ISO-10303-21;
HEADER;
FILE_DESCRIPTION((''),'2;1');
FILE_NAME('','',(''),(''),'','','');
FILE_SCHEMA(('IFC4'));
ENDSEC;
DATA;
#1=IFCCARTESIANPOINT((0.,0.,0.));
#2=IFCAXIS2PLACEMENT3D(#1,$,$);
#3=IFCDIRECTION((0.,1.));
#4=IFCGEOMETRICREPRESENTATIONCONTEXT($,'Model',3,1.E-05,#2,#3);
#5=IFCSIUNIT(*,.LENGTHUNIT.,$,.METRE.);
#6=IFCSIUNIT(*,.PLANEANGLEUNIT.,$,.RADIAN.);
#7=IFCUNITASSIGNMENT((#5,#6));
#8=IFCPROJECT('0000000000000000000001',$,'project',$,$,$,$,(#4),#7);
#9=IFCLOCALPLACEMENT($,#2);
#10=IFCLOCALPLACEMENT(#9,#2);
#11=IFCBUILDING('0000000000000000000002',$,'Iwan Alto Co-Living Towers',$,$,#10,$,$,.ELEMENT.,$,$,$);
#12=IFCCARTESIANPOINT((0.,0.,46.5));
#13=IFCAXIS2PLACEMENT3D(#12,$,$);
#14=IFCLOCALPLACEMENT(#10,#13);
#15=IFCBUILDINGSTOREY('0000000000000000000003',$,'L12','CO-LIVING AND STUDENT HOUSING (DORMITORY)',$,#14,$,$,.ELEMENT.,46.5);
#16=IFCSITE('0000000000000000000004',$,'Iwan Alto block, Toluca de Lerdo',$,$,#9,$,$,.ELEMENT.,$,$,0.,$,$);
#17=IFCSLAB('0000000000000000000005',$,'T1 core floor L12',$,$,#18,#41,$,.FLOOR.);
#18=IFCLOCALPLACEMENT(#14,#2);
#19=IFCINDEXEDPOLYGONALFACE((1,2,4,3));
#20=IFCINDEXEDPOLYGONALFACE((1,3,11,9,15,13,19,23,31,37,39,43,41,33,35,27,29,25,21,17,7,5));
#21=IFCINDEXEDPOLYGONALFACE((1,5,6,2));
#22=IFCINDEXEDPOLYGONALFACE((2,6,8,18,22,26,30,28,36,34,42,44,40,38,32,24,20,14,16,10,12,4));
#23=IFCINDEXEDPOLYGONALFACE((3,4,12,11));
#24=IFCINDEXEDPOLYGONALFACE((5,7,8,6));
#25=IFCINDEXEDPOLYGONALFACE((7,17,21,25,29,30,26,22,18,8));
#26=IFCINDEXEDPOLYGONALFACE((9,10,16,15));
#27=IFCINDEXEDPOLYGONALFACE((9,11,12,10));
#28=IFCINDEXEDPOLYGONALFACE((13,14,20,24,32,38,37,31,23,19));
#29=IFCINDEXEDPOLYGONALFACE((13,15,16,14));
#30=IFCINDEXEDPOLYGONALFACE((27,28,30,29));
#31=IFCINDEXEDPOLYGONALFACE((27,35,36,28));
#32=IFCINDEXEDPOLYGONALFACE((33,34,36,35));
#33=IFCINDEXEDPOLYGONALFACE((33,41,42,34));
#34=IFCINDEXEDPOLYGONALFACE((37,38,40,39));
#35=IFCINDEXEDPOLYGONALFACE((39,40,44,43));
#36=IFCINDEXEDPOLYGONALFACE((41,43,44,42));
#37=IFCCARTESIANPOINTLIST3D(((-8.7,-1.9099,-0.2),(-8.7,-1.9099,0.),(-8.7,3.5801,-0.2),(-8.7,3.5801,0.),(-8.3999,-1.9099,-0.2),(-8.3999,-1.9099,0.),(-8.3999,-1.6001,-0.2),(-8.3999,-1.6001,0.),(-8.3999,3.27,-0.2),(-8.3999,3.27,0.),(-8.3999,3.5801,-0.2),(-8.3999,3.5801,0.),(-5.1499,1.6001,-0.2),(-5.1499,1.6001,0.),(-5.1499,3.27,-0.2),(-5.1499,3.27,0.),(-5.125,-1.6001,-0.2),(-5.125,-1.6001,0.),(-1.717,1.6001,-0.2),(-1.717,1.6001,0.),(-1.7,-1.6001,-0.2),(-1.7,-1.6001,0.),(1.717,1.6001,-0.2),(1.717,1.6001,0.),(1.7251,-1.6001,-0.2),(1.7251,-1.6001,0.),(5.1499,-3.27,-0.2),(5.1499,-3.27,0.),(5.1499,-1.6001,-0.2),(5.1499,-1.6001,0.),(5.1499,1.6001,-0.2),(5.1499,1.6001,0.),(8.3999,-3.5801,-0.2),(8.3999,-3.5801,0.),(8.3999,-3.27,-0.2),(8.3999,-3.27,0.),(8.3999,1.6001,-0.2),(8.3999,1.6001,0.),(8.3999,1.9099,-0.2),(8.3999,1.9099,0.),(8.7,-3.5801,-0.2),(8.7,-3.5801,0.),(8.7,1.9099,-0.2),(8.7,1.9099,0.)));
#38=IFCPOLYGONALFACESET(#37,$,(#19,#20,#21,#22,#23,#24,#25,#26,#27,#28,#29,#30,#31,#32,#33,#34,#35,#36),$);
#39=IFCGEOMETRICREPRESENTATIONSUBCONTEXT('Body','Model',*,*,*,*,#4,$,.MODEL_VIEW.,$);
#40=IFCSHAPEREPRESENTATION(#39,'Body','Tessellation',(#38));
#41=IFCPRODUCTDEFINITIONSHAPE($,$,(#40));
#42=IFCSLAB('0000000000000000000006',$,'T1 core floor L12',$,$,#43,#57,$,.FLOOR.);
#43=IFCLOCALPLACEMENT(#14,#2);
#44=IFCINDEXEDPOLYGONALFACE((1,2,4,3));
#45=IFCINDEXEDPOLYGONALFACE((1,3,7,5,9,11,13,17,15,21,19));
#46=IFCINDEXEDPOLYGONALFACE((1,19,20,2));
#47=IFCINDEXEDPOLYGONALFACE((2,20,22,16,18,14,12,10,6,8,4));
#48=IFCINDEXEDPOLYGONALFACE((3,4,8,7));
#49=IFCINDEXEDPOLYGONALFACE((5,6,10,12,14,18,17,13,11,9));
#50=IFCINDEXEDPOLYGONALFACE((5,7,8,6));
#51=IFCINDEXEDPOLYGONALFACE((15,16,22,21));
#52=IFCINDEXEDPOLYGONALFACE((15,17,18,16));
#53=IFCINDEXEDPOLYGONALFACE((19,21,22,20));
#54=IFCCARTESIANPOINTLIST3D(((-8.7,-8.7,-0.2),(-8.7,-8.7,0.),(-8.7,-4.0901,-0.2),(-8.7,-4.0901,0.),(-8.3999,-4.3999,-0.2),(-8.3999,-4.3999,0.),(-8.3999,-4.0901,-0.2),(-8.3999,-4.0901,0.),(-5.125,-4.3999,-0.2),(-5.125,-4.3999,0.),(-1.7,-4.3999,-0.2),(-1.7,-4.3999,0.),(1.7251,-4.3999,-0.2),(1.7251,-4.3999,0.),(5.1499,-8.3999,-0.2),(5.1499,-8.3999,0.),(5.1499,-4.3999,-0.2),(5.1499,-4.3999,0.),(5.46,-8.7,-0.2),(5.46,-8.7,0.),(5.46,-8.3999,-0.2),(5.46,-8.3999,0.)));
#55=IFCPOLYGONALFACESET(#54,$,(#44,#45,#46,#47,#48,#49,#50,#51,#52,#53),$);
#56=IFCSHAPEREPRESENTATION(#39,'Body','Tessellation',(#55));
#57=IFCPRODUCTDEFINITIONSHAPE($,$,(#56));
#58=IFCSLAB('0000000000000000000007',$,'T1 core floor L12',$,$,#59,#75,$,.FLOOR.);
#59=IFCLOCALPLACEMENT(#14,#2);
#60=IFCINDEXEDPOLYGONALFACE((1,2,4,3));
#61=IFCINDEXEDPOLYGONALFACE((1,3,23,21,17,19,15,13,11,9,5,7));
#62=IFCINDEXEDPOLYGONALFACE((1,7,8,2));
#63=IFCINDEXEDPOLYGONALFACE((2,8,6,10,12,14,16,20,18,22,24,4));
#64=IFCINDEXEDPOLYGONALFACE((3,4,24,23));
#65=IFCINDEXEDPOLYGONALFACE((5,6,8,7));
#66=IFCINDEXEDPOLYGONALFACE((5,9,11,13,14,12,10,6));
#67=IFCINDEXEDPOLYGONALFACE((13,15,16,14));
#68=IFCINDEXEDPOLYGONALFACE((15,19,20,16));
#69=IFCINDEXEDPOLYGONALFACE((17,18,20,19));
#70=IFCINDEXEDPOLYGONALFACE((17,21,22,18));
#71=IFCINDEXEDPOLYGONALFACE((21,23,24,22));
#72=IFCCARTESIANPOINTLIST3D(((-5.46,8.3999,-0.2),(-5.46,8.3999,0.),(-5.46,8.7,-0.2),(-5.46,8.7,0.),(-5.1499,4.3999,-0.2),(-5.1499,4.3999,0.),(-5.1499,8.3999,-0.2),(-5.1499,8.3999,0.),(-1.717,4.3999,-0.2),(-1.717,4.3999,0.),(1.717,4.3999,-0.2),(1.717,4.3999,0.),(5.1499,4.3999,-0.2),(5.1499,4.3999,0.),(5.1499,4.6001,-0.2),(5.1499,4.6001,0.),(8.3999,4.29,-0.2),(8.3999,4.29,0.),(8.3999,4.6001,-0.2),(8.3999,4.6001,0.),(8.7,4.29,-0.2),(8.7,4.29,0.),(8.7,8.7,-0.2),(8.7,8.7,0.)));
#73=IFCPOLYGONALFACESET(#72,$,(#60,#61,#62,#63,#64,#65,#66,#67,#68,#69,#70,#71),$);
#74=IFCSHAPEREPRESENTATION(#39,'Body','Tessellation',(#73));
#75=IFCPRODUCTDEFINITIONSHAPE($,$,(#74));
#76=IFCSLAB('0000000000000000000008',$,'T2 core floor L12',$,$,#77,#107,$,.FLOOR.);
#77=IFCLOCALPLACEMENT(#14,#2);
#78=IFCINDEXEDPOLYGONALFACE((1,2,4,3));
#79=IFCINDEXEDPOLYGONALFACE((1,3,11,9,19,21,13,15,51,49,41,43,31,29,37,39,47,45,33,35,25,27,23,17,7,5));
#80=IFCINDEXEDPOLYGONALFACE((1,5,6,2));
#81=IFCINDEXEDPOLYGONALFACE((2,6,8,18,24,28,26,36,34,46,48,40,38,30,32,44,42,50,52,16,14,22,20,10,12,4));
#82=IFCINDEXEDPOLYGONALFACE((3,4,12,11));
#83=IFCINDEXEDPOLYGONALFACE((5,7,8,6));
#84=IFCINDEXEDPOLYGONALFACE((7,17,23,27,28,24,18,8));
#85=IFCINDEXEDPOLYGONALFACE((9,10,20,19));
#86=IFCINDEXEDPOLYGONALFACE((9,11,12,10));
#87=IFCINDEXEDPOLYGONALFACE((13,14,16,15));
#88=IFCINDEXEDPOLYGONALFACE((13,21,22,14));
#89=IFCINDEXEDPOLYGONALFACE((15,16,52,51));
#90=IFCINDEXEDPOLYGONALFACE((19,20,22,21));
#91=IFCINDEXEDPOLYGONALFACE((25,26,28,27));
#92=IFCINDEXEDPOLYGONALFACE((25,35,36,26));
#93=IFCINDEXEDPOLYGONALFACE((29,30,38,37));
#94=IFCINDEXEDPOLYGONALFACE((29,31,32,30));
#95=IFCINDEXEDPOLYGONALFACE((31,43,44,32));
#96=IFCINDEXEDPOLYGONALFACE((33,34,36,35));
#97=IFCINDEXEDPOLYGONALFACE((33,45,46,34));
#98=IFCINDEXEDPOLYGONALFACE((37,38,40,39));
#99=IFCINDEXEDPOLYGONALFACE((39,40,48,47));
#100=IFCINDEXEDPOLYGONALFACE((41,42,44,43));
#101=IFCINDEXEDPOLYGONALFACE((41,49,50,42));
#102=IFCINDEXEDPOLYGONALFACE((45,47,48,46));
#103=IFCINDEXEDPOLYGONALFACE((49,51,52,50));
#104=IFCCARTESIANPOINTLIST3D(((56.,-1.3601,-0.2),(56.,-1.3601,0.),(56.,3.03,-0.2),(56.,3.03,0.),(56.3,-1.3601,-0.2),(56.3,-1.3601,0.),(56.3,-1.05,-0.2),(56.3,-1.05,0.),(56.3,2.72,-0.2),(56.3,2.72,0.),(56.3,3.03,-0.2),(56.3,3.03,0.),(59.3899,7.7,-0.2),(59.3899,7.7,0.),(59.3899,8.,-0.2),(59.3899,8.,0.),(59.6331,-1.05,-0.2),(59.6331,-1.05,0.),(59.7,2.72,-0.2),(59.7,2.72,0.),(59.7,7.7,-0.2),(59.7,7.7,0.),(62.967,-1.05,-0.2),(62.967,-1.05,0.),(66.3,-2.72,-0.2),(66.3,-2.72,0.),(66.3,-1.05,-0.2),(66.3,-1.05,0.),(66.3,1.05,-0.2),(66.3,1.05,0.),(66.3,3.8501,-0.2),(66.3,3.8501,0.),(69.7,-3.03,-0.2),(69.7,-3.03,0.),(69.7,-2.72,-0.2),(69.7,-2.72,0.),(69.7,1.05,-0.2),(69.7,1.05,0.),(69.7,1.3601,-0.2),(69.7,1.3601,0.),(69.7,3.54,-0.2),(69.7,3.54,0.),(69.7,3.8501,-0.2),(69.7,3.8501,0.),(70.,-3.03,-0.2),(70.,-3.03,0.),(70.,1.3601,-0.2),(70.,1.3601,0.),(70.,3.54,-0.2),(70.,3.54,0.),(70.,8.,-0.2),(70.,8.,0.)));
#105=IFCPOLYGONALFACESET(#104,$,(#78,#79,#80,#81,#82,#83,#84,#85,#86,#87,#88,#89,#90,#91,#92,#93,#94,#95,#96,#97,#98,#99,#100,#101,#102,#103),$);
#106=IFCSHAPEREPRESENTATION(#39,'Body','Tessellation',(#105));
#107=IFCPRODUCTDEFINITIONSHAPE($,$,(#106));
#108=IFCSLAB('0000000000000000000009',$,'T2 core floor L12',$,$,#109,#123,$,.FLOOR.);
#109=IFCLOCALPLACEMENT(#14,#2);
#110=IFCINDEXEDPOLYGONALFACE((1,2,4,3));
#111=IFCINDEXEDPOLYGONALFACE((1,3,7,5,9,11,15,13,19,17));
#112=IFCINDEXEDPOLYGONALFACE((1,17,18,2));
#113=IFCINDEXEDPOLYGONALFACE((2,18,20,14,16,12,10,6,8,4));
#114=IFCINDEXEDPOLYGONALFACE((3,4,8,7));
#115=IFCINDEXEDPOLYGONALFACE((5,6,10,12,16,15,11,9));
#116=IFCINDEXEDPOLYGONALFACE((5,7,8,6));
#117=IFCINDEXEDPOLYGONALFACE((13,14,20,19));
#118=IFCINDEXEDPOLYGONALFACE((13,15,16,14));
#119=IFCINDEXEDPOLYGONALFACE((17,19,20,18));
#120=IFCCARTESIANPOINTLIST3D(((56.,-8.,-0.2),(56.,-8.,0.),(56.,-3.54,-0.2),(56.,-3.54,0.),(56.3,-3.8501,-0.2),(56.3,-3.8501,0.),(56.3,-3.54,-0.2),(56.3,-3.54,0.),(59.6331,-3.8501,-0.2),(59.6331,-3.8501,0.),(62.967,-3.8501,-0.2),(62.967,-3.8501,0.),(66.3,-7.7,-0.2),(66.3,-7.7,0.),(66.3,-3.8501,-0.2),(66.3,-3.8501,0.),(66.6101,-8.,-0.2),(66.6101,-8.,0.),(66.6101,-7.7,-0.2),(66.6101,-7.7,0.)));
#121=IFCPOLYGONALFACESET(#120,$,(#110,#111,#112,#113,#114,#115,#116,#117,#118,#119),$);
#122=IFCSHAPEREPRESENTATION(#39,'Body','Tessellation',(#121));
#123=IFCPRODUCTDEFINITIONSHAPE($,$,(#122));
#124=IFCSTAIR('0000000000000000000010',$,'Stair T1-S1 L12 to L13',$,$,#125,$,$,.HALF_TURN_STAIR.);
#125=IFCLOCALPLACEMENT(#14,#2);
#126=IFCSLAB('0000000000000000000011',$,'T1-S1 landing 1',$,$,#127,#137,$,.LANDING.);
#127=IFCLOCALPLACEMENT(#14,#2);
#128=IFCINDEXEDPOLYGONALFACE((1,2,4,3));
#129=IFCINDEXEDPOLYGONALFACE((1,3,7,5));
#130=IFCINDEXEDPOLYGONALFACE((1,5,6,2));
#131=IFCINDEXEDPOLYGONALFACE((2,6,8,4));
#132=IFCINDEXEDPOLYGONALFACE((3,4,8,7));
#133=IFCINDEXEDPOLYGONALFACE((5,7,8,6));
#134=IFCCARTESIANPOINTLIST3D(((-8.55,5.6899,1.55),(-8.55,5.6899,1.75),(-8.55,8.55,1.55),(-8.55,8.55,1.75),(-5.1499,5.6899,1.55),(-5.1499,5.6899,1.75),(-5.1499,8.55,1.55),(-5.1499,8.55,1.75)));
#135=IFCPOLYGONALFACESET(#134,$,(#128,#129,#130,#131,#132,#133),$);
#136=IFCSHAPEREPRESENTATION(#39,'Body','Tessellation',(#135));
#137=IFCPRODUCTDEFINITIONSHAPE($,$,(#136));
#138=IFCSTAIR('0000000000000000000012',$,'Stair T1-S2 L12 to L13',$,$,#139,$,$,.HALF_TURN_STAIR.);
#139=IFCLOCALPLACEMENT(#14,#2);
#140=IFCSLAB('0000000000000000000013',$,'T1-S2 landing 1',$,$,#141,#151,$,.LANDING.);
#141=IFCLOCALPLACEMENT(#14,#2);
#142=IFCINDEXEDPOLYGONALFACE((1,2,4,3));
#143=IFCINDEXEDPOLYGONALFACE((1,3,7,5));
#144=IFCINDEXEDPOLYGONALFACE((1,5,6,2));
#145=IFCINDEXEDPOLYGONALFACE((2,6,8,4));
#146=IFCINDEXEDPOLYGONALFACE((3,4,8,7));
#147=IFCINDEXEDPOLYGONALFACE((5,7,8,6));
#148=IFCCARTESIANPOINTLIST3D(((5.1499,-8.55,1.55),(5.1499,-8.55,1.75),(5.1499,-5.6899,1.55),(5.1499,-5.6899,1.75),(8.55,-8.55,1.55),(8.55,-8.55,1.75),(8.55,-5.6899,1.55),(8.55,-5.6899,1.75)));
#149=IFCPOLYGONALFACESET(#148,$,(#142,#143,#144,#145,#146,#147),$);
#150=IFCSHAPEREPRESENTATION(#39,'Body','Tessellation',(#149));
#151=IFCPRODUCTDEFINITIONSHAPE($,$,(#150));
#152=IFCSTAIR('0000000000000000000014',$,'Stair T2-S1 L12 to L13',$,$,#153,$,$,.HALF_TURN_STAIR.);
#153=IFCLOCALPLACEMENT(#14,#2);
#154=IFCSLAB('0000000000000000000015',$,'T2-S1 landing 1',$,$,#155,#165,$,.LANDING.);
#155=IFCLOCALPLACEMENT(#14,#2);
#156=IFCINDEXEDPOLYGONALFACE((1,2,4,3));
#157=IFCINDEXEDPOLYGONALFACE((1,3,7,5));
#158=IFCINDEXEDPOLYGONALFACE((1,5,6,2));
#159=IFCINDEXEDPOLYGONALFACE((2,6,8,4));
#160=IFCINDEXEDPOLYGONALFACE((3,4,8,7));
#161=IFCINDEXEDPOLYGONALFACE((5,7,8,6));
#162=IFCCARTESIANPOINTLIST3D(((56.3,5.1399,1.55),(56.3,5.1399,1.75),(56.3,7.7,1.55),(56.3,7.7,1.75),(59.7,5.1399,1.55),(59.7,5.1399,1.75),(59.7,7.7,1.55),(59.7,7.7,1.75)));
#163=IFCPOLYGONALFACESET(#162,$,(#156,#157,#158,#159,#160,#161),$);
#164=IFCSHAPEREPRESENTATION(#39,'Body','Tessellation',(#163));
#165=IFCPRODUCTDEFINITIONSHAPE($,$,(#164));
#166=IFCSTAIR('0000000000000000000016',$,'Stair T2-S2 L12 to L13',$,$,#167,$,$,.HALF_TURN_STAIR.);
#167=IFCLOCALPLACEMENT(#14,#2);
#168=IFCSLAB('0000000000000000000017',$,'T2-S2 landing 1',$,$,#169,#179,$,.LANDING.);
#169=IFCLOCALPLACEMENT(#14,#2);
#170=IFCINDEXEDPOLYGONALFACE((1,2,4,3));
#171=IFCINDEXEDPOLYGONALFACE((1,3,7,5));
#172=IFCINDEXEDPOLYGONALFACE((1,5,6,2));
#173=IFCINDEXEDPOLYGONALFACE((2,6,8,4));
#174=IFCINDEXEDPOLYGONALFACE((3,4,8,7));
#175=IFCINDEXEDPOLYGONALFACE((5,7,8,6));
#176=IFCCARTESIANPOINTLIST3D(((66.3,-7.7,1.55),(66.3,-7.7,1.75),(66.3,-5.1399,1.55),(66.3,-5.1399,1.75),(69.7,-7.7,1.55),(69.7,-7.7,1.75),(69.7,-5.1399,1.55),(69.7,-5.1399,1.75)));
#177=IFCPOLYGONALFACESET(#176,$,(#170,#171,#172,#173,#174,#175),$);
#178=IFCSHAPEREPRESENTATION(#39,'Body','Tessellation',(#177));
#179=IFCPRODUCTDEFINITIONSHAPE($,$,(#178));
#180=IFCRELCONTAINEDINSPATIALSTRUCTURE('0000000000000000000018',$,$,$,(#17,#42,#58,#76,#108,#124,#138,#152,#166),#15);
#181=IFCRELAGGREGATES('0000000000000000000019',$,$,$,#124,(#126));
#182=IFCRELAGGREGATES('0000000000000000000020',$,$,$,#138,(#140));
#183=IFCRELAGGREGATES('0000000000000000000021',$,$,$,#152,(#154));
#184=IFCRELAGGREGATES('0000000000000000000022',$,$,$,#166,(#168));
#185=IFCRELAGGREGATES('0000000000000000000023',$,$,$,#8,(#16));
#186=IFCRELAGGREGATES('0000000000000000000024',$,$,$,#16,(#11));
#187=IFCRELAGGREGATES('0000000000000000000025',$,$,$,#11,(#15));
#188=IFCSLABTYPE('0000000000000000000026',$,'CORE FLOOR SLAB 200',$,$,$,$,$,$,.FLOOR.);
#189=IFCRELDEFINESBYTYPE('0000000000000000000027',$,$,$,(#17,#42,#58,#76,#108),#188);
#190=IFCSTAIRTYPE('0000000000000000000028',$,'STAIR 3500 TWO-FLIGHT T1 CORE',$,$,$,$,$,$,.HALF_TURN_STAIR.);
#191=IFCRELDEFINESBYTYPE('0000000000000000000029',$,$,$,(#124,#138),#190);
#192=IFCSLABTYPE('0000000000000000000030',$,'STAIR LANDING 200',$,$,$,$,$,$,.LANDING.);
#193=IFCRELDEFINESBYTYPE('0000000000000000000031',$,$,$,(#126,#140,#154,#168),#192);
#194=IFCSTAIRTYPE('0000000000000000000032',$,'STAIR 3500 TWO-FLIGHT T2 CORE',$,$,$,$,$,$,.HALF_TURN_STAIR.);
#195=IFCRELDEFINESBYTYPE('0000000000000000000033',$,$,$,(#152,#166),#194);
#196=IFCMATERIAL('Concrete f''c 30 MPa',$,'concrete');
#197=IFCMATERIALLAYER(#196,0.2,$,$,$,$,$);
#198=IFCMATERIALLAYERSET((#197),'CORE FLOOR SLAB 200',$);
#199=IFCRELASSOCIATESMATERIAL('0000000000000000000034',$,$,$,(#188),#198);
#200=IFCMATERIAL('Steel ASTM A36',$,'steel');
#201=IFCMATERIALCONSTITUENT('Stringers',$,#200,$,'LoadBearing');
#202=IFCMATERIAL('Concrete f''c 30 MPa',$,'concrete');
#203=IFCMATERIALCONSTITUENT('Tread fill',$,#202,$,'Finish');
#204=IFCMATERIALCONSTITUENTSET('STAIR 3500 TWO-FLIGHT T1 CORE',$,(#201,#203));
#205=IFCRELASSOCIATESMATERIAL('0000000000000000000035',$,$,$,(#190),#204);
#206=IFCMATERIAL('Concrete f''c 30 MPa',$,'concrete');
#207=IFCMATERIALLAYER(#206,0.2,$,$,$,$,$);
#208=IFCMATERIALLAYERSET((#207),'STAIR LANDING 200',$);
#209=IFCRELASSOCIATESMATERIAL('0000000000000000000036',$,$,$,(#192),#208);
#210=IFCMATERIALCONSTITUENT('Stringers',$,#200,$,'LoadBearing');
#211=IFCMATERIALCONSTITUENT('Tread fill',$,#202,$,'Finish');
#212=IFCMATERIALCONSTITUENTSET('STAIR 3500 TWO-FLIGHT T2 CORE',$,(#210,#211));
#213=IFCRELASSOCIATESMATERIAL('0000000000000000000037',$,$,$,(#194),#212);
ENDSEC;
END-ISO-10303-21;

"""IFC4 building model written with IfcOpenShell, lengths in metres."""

from ifc_helpers import new_model, si_unit, direction, frame, origin, place, context, subcontext, project, spatial, polyline, outline, extrude, material, layer, layer_set, constituent, constituent_set, type_object, element, aggregate, save


model = new_model("IFC4")

# Units and contexts
model_context = context("Model", 3, precision=1e-05, world=origin(), true_north=direction((0.0, 1.0)))
body_context = subcontext(model_context, "Body", "Model", "MODEL_VIEW")
ifc_project = project(units=[si_unit("LENGTHUNIT", "METRE"), si_unit("PLANEANGLEUNIT", "RADIAN")], contexts=[model_context])

# Site, building, storey
site_placement = place(None, origin())
site = spatial("IfcSite", under=ifc_project, at=site_placement, Name="Iwan Alto block, Toluca de Lerdo", CompositionType="ELEMENT", RefElevation=0.0)
building_placement = place(site_placement, origin())
building = spatial("IfcBuilding", under=site, at=building_placement, Name="Iwan Alto Co-Living Towers", CompositionType="ELEMENT")
storey_placement = place(building_placement, frame((0.0, 0.0, 46.5)))
storey = spatial("IfcBuildingStorey", under=building, at=storey_placement, Name="L12", Description="CO-LIVING AND STUDENT HOUSING (DORMITORY)", CompositionType="ELEMENT", Elevation=46.5)

# Slabs
ifc_material_1 = material(Name="Concrete f'c 30 MPa", Category="concrete")
ifc_layer_1 = layer(ifc_material_1, 0.2)
ifc_layer_set_1 = layer_set([ifc_layer_1], Name="CORE FLOOR SLAB 200")
slab_type_1 = type_object("IfcSlabType", Name="CORE FLOOR SLAB 200", PredefinedType="FLOOR", material=ifc_layer_set_1)
slab_1_placement = place(storey_placement, frame((0.0, 0.0, -0.2)))
element("IfcSlab", 1, at=slab_1_placement, inside=storey, type_object=slab_type_1, Name="T1 core floor L12", PredefinedType="FLOOR", context=body_context, shape_type="SweptSolid", body=[
    extrude(outline(polyline([(8.7, -3.5801), (8.3999, -3.5801), (8.3999, -3.27), (5.1499, -3.27), (5.1499, -1.6001), (1.7251, -1.6001), (-1.7, -1.6001), (-5.125, -1.6001), (-8.3999, -1.6001), (-8.3999, -1.9099), (-8.7, -1.9099), (-8.7, 3.5801), (-8.3999, 3.5801), (-8.3999, 3.27), (-5.1499, 3.27), (-5.1499, 1.6001), (-1.717, 1.6001), (1.717, 1.6001), (5.1499, 1.6001), (8.3999, 1.6001), (8.3999, 1.9099), (8.7, 1.9099), (8.7, -3.5801)])), origin(), (0.0, 0.0, 1.0), 0.2),
])
slab_2_placement = place(storey_placement, frame((0.0, 0.0, -0.2)))
element("IfcSlab", 2, at=slab_2_placement, inside=storey, type_object=slab_type_1, Name="T1 core floor L12", PredefinedType="FLOOR", context=body_context, shape_type="SweptSolid", body=[
    extrude(outline(polyline([(-1.7, -4.3999), (1.7251, -4.3999), (5.1499, -4.3999), (5.1499, -8.3999), (5.46, -8.3999), (5.46, -8.7), (-8.7, -8.7), (-8.7, -4.0901), (-8.3999, -4.0901), (-8.3999, -4.3999), (-5.125, -4.3999), (-1.7, -4.3999)])), origin(), (0.0, 0.0, 1.0), 0.2),
])
slab_3_placement = place(storey_placement, frame((0.0, 0.0, -0.2)))
element("IfcSlab", 3, at=slab_3_placement, inside=storey, type_object=slab_type_1, Name="T1 core floor L12", PredefinedType="FLOOR", context=body_context, shape_type="SweptSolid", body=[
    extrude(outline(polyline([(1.717, 4.3999), (-1.717, 4.3999), (-5.1499, 4.3999), (-5.1499, 8.3999), (-5.46, 8.3999), (-5.46, 8.7), (8.7, 8.7), (8.7, 4.29), (8.3999, 4.29), (8.3999, 4.6001), (5.1499, 4.6001), (5.1499, 4.3999), (1.717, 4.3999)])), origin(), (0.0, 0.0, 1.0), 0.2),
])
slab_4_placement = place(storey_placement, frame((0.0, 0.0, -0.2)))
element("IfcSlab", 4, at=slab_4_placement, inside=storey, type_object=slab_type_1, Name="T2 core floor L12", PredefinedType="FLOOR", context=body_context, shape_type="SweptSolid", body=[
    extrude(outline(polyline([(70.0, -3.03), (69.7, -3.03), (69.7, -2.72), (66.3, -2.72), (66.3, -1.05), (62.967, -1.05), (59.6331, -1.05), (56.3, -1.05), (56.3, -1.3601), (56.0, -1.3601), (56.0, 3.03), (56.3, 3.03), (56.3, 2.72), (59.7, 2.72), (59.7, 7.7), (59.3899, 7.7), (59.3899, 8.0), (70.0, 8.0), (70.0, 3.54), (69.7, 3.54), (69.7, 3.8501), (66.3, 3.8501), (66.3, 1.05), (69.7, 1.05), (69.7, 1.3601), (70.0, 1.3601), (70.0, -3.03)])), origin(), (0.0, 0.0, 1.0), 0.2),
])
slab_5_placement = place(storey_placement, frame((0.0, 0.0, -0.2)))
element("IfcSlab", 5, at=slab_5_placement, inside=storey, type_object=slab_type_1, Name="T2 core floor L12", PredefinedType="FLOOR", context=body_context, shape_type="SweptSolid", body=[
    extrude(outline(polyline([(62.967, -3.8501), (66.3, -3.8501), (66.3, -7.7), (66.6101, -7.7), (66.6101, -8.0), (56.0, -8.0), (56.0, -3.54), (56.3, -3.54), (56.3, -3.8501), (59.6331, -3.8501), (62.967, -3.8501)])), origin(), (0.0, 0.0, 1.0), 0.2),
])

# Stairs, slabs
ifc_material_2 = material(Name="Steel ASTM A36", Category="steel")
ifc_constituent_1 = constituent(ifc_material_2, Name="Stringers", Category="LoadBearing")
ifc_material_3 = material(Name="Concrete f'c 30 MPa", Category="concrete")
ifc_constituent_2 = constituent(ifc_material_3, Name="Tread fill", Category="Finish")
ifc_constituent_set_1 = constituent_set(constituents=[ifc_constituent_1, ifc_constituent_2], Name="STAIR 3500 TWO-FLIGHT T1 CORE")
stair_type_1 = type_object("IfcStairType", Name="STAIR 3500 TWO-FLIGHT T1 CORE", PredefinedType="HALF_TURN_STAIR", material=ifc_constituent_set_1)
stair_1_placement = place(storey_placement, origin())
stair_1 = element("IfcStair", 6, at=stair_1_placement, inside=storey, type_object=stair_type_1, Name="Stair T1-S1 L12 to L13", PredefinedType="HALF_TURN_STAIR")
ifc_material_4 = material(Name="Concrete f'c 30 MPa", Category="concrete")
ifc_layer_2 = layer(ifc_material_4, 0.2)
ifc_layer_set_2 = layer_set([ifc_layer_2], Name="STAIR LANDING 200")
slab_type_2 = type_object("IfcSlabType", Name="STAIR LANDING 200", PredefinedType="LANDING", material=ifc_layer_set_2)
slab_6_placement = place(storey_placement, frame((0.0, 0.0, 1.55)))
slab_6 = element("IfcSlab", 7, at=slab_6_placement, type_object=slab_type_2, Name="T1-S1 landing 1", PredefinedType="LANDING", context=body_context, shape_type="SweptSolid", body=[
    extrude(outline(polyline([(-8.55, 5.6899), (-8.55, 8.55), (-5.1499, 8.55), (-5.1499, 5.6899), (-8.55, 5.6899)])), origin(), (0.0, 0.0, 1.0), 0.2),
])
aggregate(stair_1, [slab_6])
stair_2_placement = place(storey_placement, origin())
stair_2 = element("IfcStair", 8, at=stair_2_placement, inside=storey, type_object=stair_type_1, Name="Stair T1-S2 L12 to L13", PredefinedType="HALF_TURN_STAIR")
slab_7_placement = place(storey_placement, frame((0.0, 0.0, 1.55)))
slab_7 = element("IfcSlab", 9, at=slab_7_placement, type_object=slab_type_2, Name="T1-S2 landing 1", PredefinedType="LANDING", context=body_context, shape_type="SweptSolid", body=[
    extrude(outline(polyline([(5.1499, -5.6899), (5.1499, -8.55), (8.55, -8.55), (8.55, -5.6899), (5.1499, -5.6899)])), origin(), (0.0, 0.0, 1.0), 0.2),
])
aggregate(stair_2, [slab_7])
ifc_constituent_3 = constituent(ifc_material_2, Name="Stringers", Category="LoadBearing")
ifc_constituent_4 = constituent(ifc_material_3, Name="Tread fill", Category="Finish")
ifc_constituent_set_2 = constituent_set(constituents=[ifc_constituent_3, ifc_constituent_4], Name="STAIR 3500 TWO-FLIGHT T2 CORE")
stair_type_2 = type_object("IfcStairType", Name="STAIR 3500 TWO-FLIGHT T2 CORE", PredefinedType="HALF_TURN_STAIR", material=ifc_constituent_set_2)
stair_3_placement = place(storey_placement, origin())
stair_3 = element("IfcStair", 10, at=stair_3_placement, inside=storey, type_object=stair_type_2, Name="Stair T2-S1 L12 to L13", PredefinedType="HALF_TURN_STAIR")
slab_8_placement = place(storey_placement, frame((0.0, 0.0, 1.55)))
slab_8 = element("IfcSlab", 11, at=slab_8_placement, type_object=slab_type_2, Name="T2-S1 landing 1", PredefinedType="LANDING", context=body_context, shape_type="SweptSolid", body=[
    extrude(outline(polyline([(56.3, 5.1399), (56.3, 7.7), (59.7, 7.7), (59.7, 5.1399), (56.3, 5.1399)])), origin(), (0.0, 0.0, 1.0), 0.2),
])
aggregate(stair_3, [slab_8])
stair_4_placement = place(storey_placement, origin())
stair_4 = element("IfcStair", 12, at=stair_4_placement, inside=storey, type_object=stair_type_2, Name="Stair T2-S2 L12 to L13", PredefinedType="HALF_TURN_STAIR")
slab_9_placement = place(storey_placement, frame((0.0, 0.0, 1.55)))
slab_9 = element("IfcSlab", 13, at=slab_9_placement, type_object=slab_type_2, Name="T2-S2 landing 1", PredefinedType="LANDING", context=body_context, shape_type="SweptSolid", body=[
    extrude(outline(polyline([(66.3, -5.1399), (66.3, -7.7), (69.7, -7.7), (69.7, -5.1399), (66.3, -5.1399)])), origin(), (0.0, 0.0, 1.0), 0.2),
])
aggregate(stair_4, [slab_9])

save(model, "model.ifc")
